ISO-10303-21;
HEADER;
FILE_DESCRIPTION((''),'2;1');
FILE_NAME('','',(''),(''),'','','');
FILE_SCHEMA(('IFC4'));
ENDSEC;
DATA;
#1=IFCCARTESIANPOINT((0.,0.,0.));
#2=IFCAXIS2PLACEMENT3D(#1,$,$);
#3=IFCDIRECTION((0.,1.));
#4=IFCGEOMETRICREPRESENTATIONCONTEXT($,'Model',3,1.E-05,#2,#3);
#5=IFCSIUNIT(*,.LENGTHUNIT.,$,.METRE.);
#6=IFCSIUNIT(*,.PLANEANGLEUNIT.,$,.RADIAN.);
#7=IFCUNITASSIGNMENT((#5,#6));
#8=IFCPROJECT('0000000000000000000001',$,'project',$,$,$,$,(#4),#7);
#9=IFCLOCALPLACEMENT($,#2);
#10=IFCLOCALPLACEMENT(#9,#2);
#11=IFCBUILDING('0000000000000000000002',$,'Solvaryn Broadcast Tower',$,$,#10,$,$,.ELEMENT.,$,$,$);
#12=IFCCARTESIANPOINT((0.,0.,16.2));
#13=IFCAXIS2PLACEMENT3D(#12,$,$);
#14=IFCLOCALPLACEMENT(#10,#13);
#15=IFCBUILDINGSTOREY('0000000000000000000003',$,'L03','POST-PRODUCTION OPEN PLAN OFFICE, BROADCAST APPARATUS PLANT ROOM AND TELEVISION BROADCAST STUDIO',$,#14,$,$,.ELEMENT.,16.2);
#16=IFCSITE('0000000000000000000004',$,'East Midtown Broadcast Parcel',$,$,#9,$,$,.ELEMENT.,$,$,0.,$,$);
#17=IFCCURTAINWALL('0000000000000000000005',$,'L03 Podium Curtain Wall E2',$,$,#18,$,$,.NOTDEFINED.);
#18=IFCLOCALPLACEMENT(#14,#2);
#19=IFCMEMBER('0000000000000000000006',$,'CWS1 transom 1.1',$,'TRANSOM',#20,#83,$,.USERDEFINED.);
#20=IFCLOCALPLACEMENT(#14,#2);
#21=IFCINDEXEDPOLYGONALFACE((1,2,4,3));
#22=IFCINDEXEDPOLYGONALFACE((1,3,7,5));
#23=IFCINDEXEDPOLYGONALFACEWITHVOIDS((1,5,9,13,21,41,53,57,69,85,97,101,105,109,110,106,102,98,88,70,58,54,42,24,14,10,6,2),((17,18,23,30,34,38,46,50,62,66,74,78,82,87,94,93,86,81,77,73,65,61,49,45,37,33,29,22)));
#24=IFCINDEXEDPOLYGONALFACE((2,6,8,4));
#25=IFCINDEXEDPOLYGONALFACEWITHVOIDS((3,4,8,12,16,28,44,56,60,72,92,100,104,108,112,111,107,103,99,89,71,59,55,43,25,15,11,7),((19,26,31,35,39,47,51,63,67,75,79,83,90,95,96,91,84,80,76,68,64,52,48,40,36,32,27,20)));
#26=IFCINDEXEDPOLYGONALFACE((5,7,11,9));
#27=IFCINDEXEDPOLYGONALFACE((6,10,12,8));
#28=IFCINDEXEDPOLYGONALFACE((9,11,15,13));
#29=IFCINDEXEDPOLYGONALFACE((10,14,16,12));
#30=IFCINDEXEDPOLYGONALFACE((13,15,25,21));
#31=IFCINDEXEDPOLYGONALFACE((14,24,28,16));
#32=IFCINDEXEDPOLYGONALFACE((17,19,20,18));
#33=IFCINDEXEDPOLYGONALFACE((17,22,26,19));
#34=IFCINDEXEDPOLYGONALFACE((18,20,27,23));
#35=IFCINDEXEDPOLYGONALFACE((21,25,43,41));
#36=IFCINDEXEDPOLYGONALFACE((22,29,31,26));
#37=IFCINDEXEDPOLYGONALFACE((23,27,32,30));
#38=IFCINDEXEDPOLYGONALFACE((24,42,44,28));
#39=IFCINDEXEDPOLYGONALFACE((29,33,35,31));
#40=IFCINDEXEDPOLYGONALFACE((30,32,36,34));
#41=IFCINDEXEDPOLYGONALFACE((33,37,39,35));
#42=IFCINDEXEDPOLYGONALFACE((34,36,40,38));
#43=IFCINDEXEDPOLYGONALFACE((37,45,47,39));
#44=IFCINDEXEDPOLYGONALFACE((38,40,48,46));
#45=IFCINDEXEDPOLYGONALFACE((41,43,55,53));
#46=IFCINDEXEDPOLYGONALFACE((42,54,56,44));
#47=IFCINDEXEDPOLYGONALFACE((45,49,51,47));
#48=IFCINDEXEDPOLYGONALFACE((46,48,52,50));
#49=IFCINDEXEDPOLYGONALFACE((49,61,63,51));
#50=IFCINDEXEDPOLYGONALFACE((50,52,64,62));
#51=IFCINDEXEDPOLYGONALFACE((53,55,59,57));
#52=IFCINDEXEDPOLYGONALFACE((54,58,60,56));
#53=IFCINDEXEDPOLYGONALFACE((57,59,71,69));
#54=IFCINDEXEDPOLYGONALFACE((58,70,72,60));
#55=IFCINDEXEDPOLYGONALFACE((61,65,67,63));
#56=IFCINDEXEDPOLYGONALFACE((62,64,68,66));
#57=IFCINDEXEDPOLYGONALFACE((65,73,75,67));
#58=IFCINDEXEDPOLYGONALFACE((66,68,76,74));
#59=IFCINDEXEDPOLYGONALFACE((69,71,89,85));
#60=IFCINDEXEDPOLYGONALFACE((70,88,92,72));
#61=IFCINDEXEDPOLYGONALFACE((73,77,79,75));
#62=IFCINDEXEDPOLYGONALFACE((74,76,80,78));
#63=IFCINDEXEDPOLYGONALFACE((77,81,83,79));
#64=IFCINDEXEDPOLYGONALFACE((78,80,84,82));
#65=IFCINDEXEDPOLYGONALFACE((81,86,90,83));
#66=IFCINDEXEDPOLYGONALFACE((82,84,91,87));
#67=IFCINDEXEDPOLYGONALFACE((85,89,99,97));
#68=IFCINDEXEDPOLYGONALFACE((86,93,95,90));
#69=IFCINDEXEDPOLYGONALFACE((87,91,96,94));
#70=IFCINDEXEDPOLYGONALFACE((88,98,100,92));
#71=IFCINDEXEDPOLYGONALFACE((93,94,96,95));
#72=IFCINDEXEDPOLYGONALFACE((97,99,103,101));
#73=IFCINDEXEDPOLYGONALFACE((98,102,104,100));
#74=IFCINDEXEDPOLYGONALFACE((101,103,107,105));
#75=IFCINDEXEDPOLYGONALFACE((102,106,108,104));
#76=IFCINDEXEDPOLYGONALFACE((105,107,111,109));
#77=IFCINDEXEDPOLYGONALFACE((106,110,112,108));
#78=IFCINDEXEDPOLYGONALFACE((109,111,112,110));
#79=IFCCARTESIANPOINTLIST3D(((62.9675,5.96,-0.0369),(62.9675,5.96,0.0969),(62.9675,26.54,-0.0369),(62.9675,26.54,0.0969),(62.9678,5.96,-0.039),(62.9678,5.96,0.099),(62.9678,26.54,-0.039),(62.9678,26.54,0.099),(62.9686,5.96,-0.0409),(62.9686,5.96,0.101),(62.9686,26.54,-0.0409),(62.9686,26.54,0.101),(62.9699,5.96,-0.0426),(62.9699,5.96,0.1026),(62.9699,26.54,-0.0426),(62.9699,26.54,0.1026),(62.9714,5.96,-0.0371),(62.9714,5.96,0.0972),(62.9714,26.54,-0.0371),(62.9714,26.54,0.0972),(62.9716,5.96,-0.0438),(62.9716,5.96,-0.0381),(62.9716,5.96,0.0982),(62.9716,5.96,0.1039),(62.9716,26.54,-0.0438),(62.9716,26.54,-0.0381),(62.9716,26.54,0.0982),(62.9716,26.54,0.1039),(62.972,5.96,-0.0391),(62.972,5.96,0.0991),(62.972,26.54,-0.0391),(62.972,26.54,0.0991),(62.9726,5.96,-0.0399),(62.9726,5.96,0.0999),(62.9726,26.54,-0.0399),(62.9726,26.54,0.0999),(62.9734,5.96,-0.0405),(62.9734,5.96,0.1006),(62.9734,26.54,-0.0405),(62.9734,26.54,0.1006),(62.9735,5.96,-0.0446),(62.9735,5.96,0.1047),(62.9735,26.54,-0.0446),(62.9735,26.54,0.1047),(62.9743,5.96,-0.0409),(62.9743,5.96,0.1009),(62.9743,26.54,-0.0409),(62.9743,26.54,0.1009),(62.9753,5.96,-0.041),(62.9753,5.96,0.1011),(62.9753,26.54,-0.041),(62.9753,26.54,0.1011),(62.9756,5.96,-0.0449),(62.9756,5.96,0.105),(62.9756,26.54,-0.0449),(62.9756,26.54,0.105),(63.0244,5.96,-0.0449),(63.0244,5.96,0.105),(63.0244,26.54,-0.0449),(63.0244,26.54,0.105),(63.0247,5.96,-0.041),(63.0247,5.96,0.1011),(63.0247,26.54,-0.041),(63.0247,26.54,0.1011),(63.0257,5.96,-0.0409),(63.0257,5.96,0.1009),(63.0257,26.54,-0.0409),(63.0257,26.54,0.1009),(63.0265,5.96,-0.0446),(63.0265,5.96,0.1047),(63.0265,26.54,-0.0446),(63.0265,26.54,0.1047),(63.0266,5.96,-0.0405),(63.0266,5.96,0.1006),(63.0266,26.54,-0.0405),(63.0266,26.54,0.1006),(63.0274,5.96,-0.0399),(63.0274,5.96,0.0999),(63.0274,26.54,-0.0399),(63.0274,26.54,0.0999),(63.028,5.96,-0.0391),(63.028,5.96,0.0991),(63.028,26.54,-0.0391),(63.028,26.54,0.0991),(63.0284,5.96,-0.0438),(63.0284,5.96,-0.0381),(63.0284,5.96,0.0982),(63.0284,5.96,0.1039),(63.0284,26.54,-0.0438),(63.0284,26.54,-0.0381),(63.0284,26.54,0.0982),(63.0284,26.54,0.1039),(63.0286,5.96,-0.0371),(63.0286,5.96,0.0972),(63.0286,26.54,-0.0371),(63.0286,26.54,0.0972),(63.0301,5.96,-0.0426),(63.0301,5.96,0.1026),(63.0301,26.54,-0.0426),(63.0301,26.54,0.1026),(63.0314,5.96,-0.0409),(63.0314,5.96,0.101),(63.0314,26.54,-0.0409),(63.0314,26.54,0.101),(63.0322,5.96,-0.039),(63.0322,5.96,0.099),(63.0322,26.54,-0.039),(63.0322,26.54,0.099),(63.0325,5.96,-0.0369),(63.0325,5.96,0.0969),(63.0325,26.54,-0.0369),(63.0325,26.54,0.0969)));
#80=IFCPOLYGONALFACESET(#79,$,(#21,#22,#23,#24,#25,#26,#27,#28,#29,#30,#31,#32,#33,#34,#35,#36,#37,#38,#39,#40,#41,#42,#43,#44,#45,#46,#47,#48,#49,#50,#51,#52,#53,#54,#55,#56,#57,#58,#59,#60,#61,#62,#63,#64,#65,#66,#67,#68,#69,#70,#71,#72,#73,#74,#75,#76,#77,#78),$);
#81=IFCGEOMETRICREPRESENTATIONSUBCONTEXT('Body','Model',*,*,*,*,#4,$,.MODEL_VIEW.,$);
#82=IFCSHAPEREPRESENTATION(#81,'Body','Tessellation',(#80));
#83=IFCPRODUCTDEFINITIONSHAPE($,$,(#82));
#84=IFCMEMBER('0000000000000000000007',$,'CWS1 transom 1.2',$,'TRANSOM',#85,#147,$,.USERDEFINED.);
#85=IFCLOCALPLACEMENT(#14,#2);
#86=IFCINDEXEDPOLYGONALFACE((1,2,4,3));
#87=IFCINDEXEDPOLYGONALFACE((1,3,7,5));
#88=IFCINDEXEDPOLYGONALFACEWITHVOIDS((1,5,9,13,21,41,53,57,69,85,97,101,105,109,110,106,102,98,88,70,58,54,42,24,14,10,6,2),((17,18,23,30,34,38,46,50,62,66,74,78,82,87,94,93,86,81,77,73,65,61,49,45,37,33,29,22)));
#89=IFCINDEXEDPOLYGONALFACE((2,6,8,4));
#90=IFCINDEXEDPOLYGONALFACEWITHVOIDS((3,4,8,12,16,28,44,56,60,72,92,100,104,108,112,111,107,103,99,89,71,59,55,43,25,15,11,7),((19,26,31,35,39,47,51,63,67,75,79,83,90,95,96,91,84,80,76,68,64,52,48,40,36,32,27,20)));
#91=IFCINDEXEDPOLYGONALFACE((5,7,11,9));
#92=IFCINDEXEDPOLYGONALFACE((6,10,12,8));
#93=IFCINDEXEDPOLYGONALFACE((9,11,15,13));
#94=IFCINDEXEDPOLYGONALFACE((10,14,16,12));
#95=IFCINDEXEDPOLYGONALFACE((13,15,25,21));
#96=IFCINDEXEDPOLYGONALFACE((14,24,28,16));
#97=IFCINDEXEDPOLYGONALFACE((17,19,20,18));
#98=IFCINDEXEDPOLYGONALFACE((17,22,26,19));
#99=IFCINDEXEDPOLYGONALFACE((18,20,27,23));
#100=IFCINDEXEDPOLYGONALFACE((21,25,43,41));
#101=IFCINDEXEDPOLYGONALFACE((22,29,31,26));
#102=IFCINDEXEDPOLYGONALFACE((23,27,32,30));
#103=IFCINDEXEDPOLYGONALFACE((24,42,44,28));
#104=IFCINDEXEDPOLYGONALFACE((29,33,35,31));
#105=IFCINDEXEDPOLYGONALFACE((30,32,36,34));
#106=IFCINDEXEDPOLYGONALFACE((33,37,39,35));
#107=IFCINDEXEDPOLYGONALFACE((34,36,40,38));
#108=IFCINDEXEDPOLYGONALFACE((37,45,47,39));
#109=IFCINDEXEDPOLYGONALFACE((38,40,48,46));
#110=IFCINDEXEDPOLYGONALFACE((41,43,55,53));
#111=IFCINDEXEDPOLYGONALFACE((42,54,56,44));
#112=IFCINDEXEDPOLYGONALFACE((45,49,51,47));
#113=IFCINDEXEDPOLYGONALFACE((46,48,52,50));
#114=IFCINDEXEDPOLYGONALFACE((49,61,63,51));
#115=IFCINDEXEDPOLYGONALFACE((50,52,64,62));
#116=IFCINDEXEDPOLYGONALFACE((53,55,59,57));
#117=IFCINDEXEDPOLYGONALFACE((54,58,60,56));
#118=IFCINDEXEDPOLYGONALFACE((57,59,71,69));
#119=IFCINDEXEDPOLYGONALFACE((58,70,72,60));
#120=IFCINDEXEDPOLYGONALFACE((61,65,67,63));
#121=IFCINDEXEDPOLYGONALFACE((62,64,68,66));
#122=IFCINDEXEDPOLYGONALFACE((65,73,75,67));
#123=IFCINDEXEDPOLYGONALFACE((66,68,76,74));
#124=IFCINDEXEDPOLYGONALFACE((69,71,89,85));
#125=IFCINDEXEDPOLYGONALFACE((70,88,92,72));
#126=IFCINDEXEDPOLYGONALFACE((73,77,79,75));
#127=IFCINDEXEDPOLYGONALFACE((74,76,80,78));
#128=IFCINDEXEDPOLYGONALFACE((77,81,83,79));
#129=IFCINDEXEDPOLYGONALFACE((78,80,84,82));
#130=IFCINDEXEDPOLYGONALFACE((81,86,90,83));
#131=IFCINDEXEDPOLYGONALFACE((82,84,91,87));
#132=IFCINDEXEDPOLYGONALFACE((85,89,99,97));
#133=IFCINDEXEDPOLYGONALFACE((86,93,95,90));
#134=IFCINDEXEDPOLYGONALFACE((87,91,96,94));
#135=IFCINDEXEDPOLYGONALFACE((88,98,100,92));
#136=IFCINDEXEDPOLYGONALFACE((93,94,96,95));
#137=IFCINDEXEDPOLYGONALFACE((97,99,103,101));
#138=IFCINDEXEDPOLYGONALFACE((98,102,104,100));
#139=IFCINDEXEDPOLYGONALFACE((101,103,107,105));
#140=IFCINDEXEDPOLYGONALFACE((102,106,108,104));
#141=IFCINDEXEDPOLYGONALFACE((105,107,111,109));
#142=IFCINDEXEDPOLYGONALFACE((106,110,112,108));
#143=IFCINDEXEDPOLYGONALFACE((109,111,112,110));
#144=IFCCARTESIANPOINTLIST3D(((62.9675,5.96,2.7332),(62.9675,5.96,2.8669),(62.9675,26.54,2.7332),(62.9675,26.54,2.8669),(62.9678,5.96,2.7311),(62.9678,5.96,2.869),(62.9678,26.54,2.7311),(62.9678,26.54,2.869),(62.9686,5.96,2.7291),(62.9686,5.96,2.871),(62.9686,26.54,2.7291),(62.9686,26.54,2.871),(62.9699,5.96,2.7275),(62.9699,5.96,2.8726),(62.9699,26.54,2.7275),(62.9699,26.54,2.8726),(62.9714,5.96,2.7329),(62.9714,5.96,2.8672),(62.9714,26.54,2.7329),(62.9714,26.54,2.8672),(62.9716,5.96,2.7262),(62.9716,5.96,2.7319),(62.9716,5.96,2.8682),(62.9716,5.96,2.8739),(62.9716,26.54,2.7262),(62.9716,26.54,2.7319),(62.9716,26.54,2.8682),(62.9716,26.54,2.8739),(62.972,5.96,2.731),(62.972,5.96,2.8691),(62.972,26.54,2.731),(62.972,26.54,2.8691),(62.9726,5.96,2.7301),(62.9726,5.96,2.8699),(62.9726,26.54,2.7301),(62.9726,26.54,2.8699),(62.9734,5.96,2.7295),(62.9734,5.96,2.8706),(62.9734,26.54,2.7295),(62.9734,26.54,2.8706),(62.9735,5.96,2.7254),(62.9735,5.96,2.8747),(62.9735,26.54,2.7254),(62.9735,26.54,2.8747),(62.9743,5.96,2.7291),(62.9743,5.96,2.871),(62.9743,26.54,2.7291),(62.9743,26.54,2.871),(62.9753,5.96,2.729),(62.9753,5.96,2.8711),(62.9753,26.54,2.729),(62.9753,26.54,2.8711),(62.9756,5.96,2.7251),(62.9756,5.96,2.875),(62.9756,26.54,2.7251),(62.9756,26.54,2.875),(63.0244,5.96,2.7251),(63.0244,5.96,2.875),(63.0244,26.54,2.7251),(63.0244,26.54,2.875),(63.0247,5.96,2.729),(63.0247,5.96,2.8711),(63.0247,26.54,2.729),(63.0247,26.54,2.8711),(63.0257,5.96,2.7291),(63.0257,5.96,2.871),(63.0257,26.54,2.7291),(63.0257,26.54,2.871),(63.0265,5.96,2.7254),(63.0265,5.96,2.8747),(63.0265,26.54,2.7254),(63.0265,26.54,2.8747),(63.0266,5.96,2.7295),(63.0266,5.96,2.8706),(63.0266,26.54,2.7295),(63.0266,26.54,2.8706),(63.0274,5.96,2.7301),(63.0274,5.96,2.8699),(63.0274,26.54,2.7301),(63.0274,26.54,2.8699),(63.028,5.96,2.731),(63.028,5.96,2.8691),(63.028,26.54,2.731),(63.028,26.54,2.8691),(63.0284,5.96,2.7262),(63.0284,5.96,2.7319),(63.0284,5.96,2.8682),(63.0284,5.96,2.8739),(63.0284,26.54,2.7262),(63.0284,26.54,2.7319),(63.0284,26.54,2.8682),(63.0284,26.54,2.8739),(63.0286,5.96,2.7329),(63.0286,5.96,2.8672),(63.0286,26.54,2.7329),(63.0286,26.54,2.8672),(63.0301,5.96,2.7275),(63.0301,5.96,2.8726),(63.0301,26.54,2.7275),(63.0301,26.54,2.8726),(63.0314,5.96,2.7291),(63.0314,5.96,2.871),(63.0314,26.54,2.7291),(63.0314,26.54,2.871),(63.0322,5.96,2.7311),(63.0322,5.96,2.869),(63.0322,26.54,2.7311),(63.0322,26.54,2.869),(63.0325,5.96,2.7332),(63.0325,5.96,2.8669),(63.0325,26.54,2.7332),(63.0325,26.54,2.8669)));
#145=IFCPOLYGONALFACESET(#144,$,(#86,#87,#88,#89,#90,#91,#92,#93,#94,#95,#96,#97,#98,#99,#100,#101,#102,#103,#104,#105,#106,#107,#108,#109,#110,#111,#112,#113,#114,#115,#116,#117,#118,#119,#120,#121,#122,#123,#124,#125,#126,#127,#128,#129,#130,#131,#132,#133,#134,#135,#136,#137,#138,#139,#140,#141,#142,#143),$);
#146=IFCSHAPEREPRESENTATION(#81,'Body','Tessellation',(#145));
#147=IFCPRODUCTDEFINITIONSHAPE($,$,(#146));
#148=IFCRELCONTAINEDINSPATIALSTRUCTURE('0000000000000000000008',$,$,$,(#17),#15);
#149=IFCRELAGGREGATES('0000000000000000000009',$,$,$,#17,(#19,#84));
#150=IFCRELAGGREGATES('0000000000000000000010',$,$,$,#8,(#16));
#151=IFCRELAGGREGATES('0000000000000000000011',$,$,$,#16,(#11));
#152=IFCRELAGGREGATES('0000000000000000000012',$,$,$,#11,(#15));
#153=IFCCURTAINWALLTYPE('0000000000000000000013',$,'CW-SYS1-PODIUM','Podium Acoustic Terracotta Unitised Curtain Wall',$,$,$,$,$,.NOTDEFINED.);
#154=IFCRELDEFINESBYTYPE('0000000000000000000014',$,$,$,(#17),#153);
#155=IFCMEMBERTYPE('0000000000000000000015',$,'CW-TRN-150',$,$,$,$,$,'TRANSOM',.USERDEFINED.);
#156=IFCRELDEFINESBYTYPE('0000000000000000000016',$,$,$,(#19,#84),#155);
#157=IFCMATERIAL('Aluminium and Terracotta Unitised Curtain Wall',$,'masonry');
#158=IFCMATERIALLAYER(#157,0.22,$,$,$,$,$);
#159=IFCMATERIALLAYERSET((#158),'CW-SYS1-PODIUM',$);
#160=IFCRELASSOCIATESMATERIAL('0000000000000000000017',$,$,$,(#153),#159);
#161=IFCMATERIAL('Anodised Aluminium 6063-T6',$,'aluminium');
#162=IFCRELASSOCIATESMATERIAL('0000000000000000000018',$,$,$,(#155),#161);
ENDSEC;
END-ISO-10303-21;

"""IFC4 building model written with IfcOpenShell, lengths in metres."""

from ifc_helpers import new_model, si_unit, direction, frame, origin, origin_2d, place, context, subcontext, project, spatial, hollow_rectangle, extrude, material, layer, layer_set, material_profile, profile_set, type_object, element, aggregate, save


model = new_model("IFC4")

# Units and contexts
model_context = context("Model", 3, precision=1e-05, world=origin(), true_north=direction((0.0, 1.0)))
body_context = subcontext(model_context, "Body", "Model", "MODEL_VIEW")
ifc_project = project(units=[si_unit("LENGTHUNIT", "METRE"), si_unit("PLANEANGLEUNIT", "RADIAN")], contexts=[model_context])

# Site, building, storey
site_placement = place(None, origin())
site = spatial("IfcSite", under=ifc_project, at=site_placement, Name="East Midtown Broadcast Parcel", CompositionType="ELEMENT", RefElevation=0.0)
building_placement = place(site_placement, origin())
building = spatial("IfcBuilding", under=site, at=building_placement, Name="Solvaryn Broadcast Tower", CompositionType="ELEMENT")
storey_placement = place(building_placement, frame((0.0, 0.0, 16.2)))
storey = spatial("IfcBuildingStorey", under=building, at=storey_placement, Name="L03", Description="POST-PRODUCTION OPEN PLAN OFFICE, BROADCAST APPARATUS PLANT ROOM AND TELEVISION BROADCAST STUDIO", CompositionType="ELEMENT", Elevation=16.2)

# Shared definitions
ifc_material_1 = material(Name="Aluminium and Terracotta Unitised Curtain Wall", Category="masonry")
ifc_layer_1 = layer(ifc_material_1, 0.22)
ifc_layer_set_1 = layer_set([ifc_layer_1], Name="CW-SYS1-PODIUM")
curtain_wall_type = type_object("IfcCurtainWallType", Name="CW-SYS1-PODIUM", Description="Podium Acoustic Terracotta Unitised Curtain Wall", PredefinedType="NOTDEFINED", material=ifc_layer_set_1)

# Curtain wall
curtain_wall_1_placement = place(storey_placement, origin())
curtain_wall_1 = element("IfcCurtainWall", 1, at=curtain_wall_1_placement, inside=storey, type_object=curtain_wall_type, Name="L03 Podium Curtain Wall E2", PredefinedType="NOTDEFINED")

# Members
ifc_material_2 = material(Name="Anodised Aluminium 6063-T6", Category="aluminium")
ifc_material_profile_1 = material_profile(ifc_material_2, hollow_rectangle(XDim=0.0649, YDim=0.1499, WallThickness=0.0039, InnerFilletRadius=0.0039, OuterFilletRadius=0.0081, at=origin_2d()))
ifc_profile_set_1 = profile_set([ifc_material_profile_1], Name="Anodised Aluminium 6063-T6")
member_type_1 = type_object("IfcMemberType", Name="CW-TRN-150", ElementType="TRANSOM", PredefinedType="USERDEFINED", material=ifc_profile_set_1)
member_1_placement = place(storey_placement, frame((63.0, 26.54, 0.03), z_axis=(0.0, -1.0, 0.0), x_axis=(1.0, 0.0, 0.0)))
member_1 = element("IfcMember", 2, at=member_1_placement, type_object=member_type_1, Name="CWS1 transom 1.1", ObjectType="TRANSOM", PredefinedType="USERDEFINED", context=body_context, shape_type="SweptSolid", body=[
    extrude(hollow_rectangle(XDim=0.0649, YDim=0.1499, WallThickness=0.0039, InnerFilletRadius=0.0039, OuterFilletRadius=0.0081, at=origin_2d()), origin(), (0.0, 0.0, 1.0), 20.5801),
])
member_2_placement = place(storey_placement, frame((63.0, 26.54, 2.8), z_axis=(0.0, -1.0, 0.0), x_axis=(1.0, 0.0, 0.0)))
member_2 = element("IfcMember", 3, at=member_2_placement, type_object=member_type_1, Name="CWS1 transom 1.2", ObjectType="TRANSOM", PredefinedType="USERDEFINED", context=body_context, shape_type="SweptSolid", body=[
    extrude(hollow_rectangle(XDim=0.0649, YDim=0.1499, WallThickness=0.0039, InnerFilletRadius=0.0039, OuterFilletRadius=0.0081, at=origin_2d()), origin(), (0.0, 0.0, 1.0), 20.5801),
])
aggregate(curtain_wall_1, [member_1, member_2])

save(model, "model.ifc")
